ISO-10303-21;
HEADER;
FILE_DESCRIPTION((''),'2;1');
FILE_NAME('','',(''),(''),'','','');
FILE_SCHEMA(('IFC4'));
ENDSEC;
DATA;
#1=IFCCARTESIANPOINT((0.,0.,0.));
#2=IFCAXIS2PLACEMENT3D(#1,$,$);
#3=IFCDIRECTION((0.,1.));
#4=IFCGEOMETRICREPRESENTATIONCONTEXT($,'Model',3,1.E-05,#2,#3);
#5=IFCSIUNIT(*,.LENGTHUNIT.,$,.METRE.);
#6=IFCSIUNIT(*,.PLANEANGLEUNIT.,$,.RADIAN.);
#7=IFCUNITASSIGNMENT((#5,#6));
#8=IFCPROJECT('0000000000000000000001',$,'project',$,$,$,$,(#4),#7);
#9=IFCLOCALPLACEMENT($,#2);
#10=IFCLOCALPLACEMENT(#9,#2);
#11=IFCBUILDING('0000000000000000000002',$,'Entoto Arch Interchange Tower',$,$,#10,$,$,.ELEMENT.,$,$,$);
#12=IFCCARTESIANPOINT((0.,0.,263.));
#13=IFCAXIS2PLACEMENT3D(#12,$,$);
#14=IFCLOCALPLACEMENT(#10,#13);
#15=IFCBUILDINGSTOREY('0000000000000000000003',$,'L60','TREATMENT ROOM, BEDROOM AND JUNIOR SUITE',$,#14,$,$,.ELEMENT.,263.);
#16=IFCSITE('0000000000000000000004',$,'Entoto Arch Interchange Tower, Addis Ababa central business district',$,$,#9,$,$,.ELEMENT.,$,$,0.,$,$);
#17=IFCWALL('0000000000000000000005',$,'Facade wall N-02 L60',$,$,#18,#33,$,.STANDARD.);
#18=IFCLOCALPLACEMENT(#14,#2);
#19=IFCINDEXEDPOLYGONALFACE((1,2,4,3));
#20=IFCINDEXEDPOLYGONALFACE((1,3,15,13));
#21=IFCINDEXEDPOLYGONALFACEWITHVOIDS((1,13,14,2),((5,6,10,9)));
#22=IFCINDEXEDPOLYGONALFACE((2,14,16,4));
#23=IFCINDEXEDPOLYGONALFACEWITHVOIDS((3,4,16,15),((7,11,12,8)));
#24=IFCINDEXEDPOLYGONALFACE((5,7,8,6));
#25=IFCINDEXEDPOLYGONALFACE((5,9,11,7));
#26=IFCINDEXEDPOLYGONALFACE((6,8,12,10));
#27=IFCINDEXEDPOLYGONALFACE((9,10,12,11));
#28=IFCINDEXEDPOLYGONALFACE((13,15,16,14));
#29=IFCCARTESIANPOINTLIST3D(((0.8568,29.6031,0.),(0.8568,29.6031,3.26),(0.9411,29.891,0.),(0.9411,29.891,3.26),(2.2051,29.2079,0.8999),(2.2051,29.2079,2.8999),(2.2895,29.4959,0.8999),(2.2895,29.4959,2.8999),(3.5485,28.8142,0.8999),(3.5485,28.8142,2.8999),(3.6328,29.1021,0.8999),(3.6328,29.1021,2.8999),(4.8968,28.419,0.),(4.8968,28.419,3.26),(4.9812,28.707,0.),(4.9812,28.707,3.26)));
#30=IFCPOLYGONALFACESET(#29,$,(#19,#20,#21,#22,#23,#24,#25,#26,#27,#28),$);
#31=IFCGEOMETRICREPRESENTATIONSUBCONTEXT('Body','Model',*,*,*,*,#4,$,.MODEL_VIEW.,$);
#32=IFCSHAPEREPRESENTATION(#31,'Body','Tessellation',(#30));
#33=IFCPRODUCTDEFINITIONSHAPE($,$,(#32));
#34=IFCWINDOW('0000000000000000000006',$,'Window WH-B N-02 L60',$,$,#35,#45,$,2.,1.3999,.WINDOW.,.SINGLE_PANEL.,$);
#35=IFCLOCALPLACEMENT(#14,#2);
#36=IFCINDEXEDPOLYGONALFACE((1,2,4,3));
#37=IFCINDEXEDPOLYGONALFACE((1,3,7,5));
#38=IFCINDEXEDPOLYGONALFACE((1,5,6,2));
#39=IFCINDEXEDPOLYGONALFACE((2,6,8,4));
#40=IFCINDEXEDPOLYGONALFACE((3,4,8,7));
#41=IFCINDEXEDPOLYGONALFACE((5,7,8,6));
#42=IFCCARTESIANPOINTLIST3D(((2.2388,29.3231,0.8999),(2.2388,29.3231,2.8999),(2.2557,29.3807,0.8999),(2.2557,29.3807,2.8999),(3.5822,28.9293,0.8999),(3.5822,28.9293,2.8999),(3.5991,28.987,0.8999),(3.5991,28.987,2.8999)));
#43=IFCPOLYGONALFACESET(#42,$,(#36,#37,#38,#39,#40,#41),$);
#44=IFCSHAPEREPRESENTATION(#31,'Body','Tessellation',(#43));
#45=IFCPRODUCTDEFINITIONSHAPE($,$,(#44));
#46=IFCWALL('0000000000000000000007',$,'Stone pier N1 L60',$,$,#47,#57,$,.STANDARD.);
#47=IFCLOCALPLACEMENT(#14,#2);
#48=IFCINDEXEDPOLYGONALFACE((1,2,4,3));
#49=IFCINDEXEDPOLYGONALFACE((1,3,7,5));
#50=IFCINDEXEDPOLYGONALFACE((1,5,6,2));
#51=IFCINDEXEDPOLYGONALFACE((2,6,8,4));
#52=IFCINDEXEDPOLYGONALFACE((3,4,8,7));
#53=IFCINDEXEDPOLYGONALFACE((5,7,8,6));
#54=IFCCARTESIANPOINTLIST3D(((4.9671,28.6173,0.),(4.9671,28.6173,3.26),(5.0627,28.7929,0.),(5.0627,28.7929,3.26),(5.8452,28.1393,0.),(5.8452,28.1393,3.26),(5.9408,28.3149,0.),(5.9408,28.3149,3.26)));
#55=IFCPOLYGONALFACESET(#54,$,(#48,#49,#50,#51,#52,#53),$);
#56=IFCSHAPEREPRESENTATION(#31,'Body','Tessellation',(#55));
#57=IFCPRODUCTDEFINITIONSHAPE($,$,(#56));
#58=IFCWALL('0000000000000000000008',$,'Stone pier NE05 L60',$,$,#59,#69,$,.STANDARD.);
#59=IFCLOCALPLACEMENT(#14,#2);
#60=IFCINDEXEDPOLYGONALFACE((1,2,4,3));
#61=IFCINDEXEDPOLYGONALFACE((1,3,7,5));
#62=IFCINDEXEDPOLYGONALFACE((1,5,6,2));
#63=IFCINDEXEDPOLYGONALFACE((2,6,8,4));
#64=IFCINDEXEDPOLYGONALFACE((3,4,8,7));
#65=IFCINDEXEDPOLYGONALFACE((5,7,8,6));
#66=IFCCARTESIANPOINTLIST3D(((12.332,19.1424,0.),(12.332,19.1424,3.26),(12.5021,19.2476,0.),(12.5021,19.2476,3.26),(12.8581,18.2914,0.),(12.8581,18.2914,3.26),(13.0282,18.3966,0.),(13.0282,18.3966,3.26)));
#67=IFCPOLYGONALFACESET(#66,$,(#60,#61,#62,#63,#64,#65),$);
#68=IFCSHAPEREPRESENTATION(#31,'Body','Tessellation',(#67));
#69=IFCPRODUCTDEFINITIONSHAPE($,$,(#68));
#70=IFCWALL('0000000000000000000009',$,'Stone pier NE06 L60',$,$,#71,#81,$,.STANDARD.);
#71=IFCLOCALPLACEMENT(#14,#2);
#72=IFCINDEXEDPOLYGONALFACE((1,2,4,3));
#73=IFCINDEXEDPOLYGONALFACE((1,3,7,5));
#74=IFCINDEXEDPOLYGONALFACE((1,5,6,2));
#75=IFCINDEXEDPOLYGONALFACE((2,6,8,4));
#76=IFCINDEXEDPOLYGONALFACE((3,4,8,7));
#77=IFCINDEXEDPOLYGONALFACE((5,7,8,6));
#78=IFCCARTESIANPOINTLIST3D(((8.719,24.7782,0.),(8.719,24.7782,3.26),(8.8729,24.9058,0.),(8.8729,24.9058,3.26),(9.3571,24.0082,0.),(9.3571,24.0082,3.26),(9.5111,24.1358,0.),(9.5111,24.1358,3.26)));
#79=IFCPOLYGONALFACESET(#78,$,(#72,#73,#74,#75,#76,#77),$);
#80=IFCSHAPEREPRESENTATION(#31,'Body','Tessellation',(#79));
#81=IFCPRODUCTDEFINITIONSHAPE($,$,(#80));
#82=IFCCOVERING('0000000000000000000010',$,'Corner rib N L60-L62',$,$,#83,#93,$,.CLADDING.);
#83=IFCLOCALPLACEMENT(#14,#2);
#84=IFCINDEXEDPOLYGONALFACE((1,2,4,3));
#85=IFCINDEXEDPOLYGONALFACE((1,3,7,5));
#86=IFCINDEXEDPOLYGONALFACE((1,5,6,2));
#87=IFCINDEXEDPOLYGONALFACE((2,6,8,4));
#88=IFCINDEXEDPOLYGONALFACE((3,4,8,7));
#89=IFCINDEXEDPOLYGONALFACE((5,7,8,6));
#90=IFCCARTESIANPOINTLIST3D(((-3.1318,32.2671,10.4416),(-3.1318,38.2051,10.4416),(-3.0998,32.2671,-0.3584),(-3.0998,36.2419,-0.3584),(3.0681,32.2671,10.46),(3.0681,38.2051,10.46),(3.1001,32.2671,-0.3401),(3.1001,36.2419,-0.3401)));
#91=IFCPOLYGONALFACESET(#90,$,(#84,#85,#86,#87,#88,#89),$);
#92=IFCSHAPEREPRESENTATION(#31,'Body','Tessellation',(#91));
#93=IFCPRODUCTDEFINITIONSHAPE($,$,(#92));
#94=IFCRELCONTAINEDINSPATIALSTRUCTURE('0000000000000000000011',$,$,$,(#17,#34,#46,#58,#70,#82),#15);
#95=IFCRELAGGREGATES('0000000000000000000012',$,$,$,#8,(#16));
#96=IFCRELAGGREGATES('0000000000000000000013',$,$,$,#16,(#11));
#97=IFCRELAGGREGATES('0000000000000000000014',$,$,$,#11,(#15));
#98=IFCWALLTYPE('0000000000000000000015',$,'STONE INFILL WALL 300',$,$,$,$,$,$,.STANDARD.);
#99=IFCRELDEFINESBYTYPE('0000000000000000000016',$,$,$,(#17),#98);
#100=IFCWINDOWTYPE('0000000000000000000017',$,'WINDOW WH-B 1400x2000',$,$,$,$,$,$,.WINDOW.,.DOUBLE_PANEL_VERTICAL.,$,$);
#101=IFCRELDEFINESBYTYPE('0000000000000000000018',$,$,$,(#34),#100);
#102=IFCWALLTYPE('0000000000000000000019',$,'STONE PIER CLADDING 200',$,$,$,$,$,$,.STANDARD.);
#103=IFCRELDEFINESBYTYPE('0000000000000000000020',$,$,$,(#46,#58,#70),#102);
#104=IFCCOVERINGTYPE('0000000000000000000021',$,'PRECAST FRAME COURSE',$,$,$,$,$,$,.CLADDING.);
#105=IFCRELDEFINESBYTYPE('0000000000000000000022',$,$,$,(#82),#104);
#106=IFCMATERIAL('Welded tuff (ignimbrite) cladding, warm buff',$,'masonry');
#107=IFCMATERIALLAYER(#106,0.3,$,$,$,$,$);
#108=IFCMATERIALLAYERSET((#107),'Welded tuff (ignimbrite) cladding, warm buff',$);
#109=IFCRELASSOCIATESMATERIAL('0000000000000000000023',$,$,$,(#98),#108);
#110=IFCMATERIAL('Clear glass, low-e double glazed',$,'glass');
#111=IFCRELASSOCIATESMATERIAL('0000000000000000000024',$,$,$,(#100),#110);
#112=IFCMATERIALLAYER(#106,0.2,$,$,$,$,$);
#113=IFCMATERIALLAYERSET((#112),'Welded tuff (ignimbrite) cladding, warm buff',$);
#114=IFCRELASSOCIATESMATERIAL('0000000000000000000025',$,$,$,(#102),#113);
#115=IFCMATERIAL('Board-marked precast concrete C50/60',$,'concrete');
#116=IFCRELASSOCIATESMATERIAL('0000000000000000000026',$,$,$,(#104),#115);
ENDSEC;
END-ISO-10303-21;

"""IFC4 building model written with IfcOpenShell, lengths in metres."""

from ifc_helpers import new_model, si_unit, direction, frame, frame_2d, origin, place, context, subcontext, project, spatial, polyline, rectangle, outline, extrude, material, layer, layer_set, type_object, element, fill, save


model = new_model("IFC4")

# Units and contexts
model_context = context("Model", 3, precision=1e-05, world=origin(), true_north=direction((0.0, 1.0)))
body_context = subcontext(model_context, "Body", "Model", "MODEL_VIEW")
ifc_project = project(units=[si_unit("LENGTHUNIT", "METRE"), si_unit("PLANEANGLEUNIT", "RADIAN")], contexts=[model_context])

# Site, building, storey
site_placement = place(None, origin())
site = spatial("IfcSite", under=ifc_project, at=site_placement, Name="Entoto Arch Interchange Tower, Addis Ababa central business district", CompositionType="ELEMENT", RefElevation=0.0)
building_placement = place(site_placement, origin())
building = spatial("IfcBuilding", under=site, at=building_placement, Name="Entoto Arch Interchange Tower", CompositionType="ELEMENT")
storey_placement = place(building_placement, frame((0.0, 0.0, 263.0)))
storey = spatial("IfcBuildingStorey", under=building, at=storey_placement, Name="L60", Description="TREATMENT ROOM, BEDROOM AND JUNIOR SUITE", CompositionType="ELEMENT", Elevation=263.0)

# Shared definitions
ifc_material_1 = material(Name="Welded tuff (ignimbrite) cladding, warm buff", Category="masonry")
ifc_layer_1 = layer(ifc_material_1, 0.3)
ifc_layer_set_1 = layer_set([ifc_layer_1], Name="Welded tuff (ignimbrite) cladding, warm buff")
wall_type_1 = type_object("IfcWallType", Name="STONE INFILL WALL 300", PredefinedType="STANDARD", material=ifc_layer_set_1)
ifc_material_2 = material(Name="Clear glass, low-e double glazed", Category="glass")

# Wall, opening, window
window_type_1 = type_object("IfcWindowType", Name="WINDOW WH-B 1400x2000", PartitioningType="DOUBLE_PANEL_VERTICAL", PredefinedType="WINDOW", material=ifc_material_2)
wall_1_placement = place(storey_placement, frame((4.939, 28.563, 0.0), z_axis=(0.0, 0.0, 1.0), x_axis=(-0.959633, 0.281256, 0.0)))
wall_1 = element("IfcWall", 1, at=wall_1_placement, inside=storey, type_object=wall_type_1, Name="Facade wall N-02 L60", PredefinedType="STANDARD", context=body_context, shape_type="SweptSolid", body=[
    extrude(rectangle(XDim=4.21, YDim=0.3, at=frame_2d((2.105, 0.0))), origin(), (0.0, 0.0, 1.0), 3.26),
])
opening_1_placement = place(wall_1_placement, frame((1.405, 0.0, 0.8999)))
opening_1 = element("IfcOpeningElement", 2, at=opening_1_placement, cuts=wall_1, PredefinedType="OPENING", context=body_context, shape_type="SweptSolid", body=[
    extrude(rectangle(XDim=1.3999, YDim=2.0, at=frame_2d((0.7, 1.0))), frame((0.0, 0.1602, 0.0), z_axis=(0.0, -1.0, 0.0), x_axis=(1.0, 0.0, 0.0)), (0.0, 0.0, 1.0), 0.3201),
])
window_1_placement = place(opening_1_placement, origin())
window_1 = element("IfcWindow", 3, at=window_1_placement, inside=storey, type_object=window_type_1, Name="Window WH-B N-02 L60", OverallHeight=2.0, OverallWidth=1.3999, PartitioningType="SINGLE_PANEL", PredefinedType="WINDOW", context=body_context, shape_type="SweptSolid", body=[
    extrude(rectangle(XDim=1.3999, YDim=2.0, at=frame_2d((0.7, 1.0))), frame((0.0, 0.03, 0.0), z_axis=(0.0, -1.0, 0.0), x_axis=(1.0, 0.0, 0.0)), (0.0, 0.0, 1.0), 0.0601),
])
fill(opening_1, window_1)

# Walls
ifc_layer_2 = layer(ifc_material_1, 0.2)
ifc_layer_set_2 = layer_set([ifc_layer_2], Name="Welded tuff (ignimbrite) cladding, warm buff")
wall_type_2 = type_object("IfcWallType", Name="STONE PIER CLADDING 200", PredefinedType="STANDARD", material=ifc_layer_set_2)
wall_2_placement = place(storey_placement, frame((5.8931, 28.2271, 0.0), z_axis=(0.0, 0.0, 1.0), x_axis=(-0.878306, 0.478099, 0.0)))
element("IfcWall", 4, at=wall_2_placement, inside=storey, type_object=wall_type_2, Name="Stone pier N1 L60", PredefinedType="STANDARD", context=body_context, shape_type="SweptSolid", body=[
    extrude(rectangle(XDim=0.9998, YDim=0.2, at=frame_2d((0.5, 0.0))), origin(), (0.0, 0.0, 1.0), 3.26),
])
wall_3_placement = place(storey_placement, frame((12.9431, 18.344, 0.0), z_axis=(0.0, 0.0, 1.0), x_axis=(-0.525825, 0.850593, 0.0)))
element("IfcWall", 5, at=wall_3_placement, inside=storey, type_object=wall_type_2, Name="Stone pier NE05 L60", PredefinedType="STANDARD", context=body_context, shape_type="SweptSolid", body=[
    extrude(rectangle(XDim=1.0005, YDim=0.2, at=frame_2d((0.5002, 0.0))), origin(), (0.0, 0.0, 1.0), 3.26),
])
wall_4_placement = place(storey_placement, frame((9.4341, 24.072, 0.0), z_axis=(0.0, 0.0, 1.0), x_axis=(-0.638117, 0.769939, 0.0)))
element("IfcWall", 6, at=wall_4_placement, inside=storey, type_object=wall_type_2, Name="Stone pier NE06 L60", PredefinedType="STANDARD", context=body_context, shape_type="SweptSolid", body=[
    extrude(rectangle(XDim=1.0, YDim=0.2, at=frame_2d((0.5, 0.0))), origin(), (0.0, 0.0, 1.0), 3.26),
])

# Covering
ifc_material_3 = material(Name="Board-marked precast concrete C50/60", Category="concrete")
covering_type = type_object("IfcCoveringType", Name="PRECAST FRAME COURSE", PredefinedType="CLADDING", material=ifc_material_3)
covering_placement = place(storey_placement, frame((3.1001, 32.2671, -0.3401), z_axis=(0.999996, 0.0, 0.002961), x_axis=(0.0, 1.0, 0.0)))
element("IfcCovering", 7, at=covering_placement, inside=storey, type_object=covering_type, Name="Corner rib N L60-L62", PredefinedType="CLADDING", context=body_context, shape_type="SweptSolid", body=[
    extrude(outline(polyline([(0.0, 0.0), (3.9749, 0.0), (5.938, 10.8001), (0.0, 10.8001), (0.0, 0.0)])), origin(), (0.0, 0.0, -1.0), 6.2),
])

save(model, "model.ifc")
